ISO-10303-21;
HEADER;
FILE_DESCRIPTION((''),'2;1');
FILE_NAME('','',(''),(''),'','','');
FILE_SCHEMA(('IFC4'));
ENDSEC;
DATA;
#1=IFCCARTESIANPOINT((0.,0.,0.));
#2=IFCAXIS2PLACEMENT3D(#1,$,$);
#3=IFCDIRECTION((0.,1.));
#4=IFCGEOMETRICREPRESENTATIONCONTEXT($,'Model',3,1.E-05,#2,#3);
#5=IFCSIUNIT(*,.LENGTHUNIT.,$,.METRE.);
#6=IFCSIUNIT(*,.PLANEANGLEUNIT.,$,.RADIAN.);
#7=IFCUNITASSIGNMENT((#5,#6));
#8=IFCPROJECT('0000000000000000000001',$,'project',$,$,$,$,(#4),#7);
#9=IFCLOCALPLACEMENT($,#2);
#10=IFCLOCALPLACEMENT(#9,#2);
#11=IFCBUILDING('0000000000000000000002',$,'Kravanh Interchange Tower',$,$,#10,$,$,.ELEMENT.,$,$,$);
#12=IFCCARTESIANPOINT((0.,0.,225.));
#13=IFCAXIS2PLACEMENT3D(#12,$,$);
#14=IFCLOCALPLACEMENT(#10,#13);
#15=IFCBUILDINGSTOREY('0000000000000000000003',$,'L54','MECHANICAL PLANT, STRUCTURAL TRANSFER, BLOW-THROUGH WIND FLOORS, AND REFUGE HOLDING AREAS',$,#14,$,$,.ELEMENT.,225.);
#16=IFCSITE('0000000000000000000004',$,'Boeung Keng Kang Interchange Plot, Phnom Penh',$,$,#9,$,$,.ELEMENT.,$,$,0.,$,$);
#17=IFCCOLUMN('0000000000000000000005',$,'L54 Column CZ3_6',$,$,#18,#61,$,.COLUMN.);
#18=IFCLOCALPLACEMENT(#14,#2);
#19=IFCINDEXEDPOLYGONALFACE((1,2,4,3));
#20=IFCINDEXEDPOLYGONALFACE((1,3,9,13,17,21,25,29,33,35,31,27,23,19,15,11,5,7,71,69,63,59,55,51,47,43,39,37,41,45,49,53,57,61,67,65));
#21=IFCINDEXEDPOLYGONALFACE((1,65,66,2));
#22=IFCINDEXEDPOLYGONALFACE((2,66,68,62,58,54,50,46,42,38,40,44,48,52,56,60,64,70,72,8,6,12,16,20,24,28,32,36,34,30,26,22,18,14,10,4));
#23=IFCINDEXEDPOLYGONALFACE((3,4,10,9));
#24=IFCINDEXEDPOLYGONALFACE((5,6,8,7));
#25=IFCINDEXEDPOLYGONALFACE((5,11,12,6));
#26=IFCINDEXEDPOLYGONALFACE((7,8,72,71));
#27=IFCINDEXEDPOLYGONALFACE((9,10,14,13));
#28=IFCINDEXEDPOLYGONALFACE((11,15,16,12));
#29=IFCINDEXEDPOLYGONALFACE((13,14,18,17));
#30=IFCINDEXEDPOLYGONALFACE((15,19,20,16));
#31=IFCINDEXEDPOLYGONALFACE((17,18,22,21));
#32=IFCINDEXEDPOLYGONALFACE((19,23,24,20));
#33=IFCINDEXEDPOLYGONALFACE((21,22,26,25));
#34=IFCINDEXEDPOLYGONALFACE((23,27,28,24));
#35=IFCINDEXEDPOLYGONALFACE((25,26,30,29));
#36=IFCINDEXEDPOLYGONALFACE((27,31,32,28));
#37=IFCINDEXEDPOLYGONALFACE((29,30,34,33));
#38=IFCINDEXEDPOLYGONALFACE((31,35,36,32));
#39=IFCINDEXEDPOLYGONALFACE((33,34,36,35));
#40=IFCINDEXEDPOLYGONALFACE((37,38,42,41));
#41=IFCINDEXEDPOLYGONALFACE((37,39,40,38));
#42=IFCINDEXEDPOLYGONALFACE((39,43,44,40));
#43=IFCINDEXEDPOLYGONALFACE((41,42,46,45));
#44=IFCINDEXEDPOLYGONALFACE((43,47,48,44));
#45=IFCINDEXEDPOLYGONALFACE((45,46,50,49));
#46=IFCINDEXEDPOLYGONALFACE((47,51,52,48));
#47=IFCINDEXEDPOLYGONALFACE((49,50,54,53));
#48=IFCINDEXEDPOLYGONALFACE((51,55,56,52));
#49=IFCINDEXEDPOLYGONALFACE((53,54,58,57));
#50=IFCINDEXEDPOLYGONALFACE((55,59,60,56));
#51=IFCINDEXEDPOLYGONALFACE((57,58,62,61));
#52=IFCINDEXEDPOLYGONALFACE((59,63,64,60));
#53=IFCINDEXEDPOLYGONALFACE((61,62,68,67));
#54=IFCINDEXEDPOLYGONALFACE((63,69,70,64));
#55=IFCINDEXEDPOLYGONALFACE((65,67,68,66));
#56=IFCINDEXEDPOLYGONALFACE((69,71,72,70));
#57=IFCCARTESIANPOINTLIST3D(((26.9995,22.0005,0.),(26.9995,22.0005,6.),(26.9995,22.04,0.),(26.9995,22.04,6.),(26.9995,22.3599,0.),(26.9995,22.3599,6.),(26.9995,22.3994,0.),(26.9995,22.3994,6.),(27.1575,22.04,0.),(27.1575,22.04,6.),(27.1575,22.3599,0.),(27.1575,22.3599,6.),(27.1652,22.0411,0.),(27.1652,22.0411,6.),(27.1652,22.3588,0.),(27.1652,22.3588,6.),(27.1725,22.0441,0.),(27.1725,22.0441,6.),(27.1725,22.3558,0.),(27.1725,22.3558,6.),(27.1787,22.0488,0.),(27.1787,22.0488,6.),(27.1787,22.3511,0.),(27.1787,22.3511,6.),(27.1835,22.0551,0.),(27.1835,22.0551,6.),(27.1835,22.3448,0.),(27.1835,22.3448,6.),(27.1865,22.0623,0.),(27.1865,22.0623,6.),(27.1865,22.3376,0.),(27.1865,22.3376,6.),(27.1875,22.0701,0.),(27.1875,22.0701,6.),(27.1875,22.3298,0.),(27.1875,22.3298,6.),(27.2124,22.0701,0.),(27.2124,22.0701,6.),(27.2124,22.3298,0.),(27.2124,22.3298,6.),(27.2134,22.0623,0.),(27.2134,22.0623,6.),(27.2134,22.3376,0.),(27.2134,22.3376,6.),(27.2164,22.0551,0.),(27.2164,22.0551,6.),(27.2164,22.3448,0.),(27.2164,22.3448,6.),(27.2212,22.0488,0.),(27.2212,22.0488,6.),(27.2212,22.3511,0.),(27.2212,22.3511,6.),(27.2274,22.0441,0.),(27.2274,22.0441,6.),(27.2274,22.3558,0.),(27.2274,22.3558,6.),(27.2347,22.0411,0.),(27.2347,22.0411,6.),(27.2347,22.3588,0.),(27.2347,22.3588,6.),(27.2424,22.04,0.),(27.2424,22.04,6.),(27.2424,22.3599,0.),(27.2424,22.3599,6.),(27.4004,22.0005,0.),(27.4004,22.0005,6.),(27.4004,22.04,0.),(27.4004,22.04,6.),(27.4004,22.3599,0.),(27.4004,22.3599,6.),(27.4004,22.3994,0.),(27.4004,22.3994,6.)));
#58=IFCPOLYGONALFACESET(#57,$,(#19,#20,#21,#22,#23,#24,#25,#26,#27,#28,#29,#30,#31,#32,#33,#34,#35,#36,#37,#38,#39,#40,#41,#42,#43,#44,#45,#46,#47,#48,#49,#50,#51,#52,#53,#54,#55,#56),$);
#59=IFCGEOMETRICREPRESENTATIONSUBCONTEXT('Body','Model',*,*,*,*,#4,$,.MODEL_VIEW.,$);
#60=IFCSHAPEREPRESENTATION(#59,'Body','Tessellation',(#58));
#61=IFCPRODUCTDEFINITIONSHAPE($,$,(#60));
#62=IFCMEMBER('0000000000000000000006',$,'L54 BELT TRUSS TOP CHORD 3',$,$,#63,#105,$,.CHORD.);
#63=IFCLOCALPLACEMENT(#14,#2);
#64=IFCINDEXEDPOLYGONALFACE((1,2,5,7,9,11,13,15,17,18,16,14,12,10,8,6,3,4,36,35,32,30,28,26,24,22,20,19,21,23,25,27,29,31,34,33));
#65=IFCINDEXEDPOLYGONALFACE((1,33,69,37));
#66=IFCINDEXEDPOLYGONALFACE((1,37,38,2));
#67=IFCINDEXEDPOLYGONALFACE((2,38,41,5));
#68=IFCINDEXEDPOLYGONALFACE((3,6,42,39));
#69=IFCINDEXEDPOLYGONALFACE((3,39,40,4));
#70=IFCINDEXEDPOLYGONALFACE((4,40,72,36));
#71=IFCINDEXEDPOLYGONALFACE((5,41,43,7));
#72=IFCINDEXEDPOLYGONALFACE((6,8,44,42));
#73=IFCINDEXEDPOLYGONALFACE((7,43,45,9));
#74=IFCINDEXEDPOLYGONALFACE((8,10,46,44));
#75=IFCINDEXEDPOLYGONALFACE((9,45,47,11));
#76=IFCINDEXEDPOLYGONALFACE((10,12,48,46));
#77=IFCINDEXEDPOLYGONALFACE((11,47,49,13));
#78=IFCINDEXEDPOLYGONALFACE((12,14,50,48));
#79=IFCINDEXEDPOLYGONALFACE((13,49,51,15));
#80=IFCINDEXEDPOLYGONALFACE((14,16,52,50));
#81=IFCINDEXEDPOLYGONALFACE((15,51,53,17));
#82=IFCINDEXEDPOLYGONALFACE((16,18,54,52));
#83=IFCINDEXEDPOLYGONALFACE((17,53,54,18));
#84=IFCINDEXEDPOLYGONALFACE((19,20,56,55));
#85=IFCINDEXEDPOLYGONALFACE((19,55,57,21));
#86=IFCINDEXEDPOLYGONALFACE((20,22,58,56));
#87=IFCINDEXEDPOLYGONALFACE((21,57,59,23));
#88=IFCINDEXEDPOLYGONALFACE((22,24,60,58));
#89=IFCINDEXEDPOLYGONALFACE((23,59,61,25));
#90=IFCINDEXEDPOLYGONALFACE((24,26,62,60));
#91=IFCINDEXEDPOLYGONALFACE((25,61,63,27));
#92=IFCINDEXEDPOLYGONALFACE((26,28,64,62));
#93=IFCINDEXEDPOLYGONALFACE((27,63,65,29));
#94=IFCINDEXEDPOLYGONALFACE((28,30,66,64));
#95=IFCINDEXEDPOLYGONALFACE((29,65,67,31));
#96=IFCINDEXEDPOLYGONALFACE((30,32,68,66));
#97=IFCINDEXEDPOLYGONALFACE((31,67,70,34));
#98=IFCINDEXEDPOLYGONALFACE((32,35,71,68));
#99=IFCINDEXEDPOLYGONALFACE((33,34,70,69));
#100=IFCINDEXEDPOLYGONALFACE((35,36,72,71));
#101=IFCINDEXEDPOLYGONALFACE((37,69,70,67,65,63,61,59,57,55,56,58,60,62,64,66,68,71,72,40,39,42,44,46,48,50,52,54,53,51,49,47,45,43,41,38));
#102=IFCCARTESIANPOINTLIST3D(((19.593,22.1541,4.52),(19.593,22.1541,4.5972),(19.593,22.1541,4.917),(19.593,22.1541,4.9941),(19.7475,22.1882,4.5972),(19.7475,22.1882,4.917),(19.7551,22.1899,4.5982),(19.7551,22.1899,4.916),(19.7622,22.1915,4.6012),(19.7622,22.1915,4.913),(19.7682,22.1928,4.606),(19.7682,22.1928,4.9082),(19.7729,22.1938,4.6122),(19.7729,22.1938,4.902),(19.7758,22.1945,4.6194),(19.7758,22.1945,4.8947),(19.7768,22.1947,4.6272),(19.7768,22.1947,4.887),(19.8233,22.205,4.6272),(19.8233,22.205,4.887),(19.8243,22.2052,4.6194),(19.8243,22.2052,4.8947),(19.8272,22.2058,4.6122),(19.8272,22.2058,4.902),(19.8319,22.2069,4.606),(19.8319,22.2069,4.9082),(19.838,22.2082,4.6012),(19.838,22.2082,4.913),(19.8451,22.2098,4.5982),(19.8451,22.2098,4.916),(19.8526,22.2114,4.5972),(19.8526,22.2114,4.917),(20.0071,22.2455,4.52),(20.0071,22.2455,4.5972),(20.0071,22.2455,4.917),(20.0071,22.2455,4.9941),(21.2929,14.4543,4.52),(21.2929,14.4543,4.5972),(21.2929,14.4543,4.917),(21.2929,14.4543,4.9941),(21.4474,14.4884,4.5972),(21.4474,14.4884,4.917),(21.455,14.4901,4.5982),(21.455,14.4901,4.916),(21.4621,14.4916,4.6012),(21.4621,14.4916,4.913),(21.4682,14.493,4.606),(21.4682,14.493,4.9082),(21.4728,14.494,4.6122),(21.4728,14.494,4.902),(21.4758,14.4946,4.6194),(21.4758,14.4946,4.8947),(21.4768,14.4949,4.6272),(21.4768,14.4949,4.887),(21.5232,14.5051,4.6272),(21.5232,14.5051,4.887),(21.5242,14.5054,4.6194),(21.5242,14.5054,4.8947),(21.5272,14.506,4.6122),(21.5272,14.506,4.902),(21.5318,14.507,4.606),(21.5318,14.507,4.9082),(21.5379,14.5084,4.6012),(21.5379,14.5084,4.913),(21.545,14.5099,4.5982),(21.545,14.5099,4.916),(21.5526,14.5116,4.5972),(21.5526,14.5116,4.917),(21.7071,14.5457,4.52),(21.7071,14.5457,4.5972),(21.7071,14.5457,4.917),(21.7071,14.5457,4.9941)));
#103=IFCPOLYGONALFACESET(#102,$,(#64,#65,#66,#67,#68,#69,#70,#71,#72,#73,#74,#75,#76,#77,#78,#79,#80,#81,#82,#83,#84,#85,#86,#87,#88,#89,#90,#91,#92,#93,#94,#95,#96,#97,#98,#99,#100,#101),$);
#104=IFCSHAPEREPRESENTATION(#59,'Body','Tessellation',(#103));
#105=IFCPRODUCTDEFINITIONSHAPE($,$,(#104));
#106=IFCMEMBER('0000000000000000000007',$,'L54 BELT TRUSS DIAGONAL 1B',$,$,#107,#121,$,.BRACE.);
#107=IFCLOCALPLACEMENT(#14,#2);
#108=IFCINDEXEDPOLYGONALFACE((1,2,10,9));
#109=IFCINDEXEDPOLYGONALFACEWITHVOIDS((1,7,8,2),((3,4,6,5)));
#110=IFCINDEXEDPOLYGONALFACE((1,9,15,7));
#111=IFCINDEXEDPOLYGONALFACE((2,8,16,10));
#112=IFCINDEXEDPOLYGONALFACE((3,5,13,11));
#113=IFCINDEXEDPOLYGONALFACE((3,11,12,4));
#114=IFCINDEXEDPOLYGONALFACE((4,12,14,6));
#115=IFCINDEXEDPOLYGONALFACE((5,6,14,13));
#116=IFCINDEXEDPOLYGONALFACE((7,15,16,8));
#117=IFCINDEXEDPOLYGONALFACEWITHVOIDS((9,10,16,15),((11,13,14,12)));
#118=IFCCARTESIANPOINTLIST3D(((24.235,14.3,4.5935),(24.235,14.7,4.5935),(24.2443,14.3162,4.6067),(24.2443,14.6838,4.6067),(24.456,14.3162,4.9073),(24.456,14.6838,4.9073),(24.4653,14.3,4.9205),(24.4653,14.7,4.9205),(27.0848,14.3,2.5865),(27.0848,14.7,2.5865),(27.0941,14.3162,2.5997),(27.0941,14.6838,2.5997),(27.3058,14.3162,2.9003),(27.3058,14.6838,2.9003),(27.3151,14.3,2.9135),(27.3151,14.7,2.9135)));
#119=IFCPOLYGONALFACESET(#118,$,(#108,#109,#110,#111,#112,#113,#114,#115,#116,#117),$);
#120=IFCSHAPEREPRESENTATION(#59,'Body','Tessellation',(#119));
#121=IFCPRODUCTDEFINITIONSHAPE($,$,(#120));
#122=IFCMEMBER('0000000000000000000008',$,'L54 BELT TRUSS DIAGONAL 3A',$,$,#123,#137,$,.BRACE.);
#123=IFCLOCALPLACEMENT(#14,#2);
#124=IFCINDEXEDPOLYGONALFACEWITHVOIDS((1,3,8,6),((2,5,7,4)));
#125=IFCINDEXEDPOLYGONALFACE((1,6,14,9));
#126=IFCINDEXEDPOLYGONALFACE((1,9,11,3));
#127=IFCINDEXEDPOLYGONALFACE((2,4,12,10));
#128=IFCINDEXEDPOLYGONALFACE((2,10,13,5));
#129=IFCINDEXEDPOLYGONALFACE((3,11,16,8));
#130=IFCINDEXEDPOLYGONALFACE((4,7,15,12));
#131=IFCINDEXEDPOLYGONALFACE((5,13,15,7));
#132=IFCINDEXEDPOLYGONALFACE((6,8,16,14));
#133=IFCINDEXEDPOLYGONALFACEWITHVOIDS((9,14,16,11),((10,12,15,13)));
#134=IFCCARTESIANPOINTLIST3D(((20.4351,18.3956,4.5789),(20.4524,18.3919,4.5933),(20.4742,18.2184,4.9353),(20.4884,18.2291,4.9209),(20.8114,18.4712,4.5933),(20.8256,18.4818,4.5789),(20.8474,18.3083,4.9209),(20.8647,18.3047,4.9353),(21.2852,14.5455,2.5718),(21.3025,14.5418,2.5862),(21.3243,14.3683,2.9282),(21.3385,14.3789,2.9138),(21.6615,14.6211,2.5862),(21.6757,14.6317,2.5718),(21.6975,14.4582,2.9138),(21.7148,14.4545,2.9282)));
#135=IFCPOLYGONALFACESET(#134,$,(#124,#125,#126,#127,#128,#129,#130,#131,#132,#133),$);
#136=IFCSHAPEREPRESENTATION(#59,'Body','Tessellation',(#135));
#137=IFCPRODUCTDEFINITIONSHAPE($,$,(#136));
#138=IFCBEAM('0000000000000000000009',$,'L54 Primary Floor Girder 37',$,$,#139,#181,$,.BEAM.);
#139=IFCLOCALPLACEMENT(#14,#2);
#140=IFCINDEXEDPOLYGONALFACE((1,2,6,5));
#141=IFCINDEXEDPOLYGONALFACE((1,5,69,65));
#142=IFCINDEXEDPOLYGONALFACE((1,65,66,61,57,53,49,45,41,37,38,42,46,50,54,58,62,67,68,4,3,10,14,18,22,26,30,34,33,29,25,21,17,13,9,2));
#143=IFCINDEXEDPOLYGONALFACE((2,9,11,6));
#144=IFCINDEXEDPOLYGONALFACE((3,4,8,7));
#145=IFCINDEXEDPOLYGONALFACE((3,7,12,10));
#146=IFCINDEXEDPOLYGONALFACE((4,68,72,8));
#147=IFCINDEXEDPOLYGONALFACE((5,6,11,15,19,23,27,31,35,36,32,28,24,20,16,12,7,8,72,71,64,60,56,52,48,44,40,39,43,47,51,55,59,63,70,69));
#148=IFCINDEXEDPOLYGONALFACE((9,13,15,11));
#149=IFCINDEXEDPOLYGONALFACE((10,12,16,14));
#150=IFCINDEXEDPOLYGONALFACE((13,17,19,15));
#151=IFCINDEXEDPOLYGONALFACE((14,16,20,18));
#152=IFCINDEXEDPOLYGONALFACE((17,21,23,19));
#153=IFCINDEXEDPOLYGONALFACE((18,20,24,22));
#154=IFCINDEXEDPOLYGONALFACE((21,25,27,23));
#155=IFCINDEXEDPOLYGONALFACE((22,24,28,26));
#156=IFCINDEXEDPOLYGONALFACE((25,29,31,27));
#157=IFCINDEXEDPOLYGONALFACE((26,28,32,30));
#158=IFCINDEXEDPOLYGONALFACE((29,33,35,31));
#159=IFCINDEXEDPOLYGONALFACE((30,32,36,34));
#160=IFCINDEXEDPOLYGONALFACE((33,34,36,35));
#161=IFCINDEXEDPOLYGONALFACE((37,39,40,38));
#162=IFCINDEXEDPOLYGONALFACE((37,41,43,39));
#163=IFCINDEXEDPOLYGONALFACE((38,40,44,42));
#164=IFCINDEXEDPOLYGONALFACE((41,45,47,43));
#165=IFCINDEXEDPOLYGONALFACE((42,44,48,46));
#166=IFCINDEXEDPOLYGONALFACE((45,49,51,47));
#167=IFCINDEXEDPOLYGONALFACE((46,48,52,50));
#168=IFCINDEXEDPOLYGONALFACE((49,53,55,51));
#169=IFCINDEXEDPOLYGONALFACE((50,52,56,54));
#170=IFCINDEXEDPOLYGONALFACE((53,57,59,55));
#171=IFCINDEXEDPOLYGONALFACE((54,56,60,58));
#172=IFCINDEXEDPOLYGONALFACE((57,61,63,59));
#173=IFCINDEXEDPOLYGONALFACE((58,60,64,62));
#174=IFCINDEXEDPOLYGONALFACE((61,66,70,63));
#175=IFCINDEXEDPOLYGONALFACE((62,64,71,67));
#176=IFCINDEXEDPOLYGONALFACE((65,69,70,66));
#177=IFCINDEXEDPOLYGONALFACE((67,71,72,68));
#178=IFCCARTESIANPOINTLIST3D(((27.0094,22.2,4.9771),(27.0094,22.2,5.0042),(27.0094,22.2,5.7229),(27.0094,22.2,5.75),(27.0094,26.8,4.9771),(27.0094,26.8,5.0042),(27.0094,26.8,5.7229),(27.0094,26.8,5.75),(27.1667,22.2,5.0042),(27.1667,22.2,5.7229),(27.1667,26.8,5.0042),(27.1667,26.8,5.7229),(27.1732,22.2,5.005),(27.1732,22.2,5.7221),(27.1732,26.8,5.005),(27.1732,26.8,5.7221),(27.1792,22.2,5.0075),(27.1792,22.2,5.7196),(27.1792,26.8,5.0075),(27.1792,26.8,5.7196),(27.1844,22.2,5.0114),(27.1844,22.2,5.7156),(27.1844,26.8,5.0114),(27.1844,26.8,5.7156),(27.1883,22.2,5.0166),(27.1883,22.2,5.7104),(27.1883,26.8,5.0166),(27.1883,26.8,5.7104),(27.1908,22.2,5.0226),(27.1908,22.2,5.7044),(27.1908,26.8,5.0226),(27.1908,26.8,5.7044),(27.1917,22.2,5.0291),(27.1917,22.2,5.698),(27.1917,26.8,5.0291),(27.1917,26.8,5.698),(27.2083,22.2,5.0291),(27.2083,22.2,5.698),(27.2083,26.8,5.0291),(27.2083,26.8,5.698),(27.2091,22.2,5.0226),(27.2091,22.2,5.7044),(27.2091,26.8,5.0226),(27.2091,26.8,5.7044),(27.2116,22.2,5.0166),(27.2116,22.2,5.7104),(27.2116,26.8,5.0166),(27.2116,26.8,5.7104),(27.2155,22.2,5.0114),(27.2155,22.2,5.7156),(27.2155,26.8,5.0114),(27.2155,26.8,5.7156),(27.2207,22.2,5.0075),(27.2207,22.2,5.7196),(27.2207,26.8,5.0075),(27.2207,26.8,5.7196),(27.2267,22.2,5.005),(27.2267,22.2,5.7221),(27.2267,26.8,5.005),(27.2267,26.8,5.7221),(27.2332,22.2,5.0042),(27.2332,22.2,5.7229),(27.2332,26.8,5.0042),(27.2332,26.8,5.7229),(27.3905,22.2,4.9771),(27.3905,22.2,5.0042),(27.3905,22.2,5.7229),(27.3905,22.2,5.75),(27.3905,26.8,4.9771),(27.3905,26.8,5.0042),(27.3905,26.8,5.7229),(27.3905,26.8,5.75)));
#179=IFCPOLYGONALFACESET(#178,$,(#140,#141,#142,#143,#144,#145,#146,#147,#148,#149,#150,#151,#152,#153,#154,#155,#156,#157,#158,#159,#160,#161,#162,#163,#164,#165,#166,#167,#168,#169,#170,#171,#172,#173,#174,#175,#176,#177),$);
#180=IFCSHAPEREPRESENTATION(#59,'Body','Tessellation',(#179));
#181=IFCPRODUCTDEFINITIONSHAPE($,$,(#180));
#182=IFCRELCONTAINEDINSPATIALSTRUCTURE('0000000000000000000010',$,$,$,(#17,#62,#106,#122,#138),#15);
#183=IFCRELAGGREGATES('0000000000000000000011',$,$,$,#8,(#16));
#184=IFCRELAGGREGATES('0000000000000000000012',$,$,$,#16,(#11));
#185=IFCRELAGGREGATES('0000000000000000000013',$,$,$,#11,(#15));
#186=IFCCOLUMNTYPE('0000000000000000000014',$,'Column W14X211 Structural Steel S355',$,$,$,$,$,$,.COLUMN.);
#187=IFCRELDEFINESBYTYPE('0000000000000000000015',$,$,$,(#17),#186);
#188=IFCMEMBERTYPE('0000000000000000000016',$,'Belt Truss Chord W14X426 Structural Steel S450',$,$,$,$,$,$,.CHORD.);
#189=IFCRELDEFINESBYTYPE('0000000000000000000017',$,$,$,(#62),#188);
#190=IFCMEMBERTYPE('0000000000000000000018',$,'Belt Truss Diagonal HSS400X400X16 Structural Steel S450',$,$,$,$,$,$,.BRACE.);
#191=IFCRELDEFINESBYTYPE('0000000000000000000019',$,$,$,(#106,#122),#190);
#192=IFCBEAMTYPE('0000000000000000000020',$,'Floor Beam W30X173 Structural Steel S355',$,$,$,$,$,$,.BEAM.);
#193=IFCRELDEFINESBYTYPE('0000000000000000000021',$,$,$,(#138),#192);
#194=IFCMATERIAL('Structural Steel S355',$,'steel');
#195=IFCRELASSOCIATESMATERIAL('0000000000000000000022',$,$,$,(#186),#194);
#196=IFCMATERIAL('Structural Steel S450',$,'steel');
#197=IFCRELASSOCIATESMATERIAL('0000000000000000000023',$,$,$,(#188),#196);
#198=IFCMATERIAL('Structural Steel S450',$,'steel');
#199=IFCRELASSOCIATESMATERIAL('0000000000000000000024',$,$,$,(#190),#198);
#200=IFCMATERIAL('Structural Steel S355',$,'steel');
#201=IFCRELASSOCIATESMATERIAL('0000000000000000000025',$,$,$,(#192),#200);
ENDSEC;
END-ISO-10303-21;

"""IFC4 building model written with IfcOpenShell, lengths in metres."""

from ifc_helpers import new_model, si_unit, direction, frame, origin, origin_2d, place, context, subcontext, project, spatial, hollow_rectangle, i_section, extrude, material, material_profile, profile_set, type_object, element, save


model = new_model("IFC4")

# Units and contexts
model_context = context("Model", 3, precision=1e-05, world=origin(), true_north=direction((0.0, 1.0)))
body_context = subcontext(model_context, "Body", "Model", "MODEL_VIEW")
ifc_project = project(units=[si_unit("LENGTHUNIT", "METRE"), si_unit("PLANEANGLEUNIT", "RADIAN")], contexts=[model_context])

# Site, building, storey
site_placement = place(None, origin())
site = spatial("IfcSite", under=ifc_project, at=site_placement, Name="Boeung Keng Kang Interchange Plot, Phnom Penh", CompositionType="ELEMENT", RefElevation=0.0)
building_placement = place(site_placement, origin())
building = spatial("IfcBuilding", under=site, at=building_placement, Name="Kravanh Interchange Tower", CompositionType="ELEMENT")
storey_placement = place(building_placement, frame((0.0, 0.0, 225.0)))
storey = spatial("IfcBuildingStorey", under=building, at=storey_placement, Name="L54", Description="MECHANICAL PLANT, STRUCTURAL TRANSFER, BLOW-THROUGH WIND FLOORS, AND REFUGE HOLDING AREAS", CompositionType="ELEMENT", Elevation=225.0)

# Column
ifc_material_1 = material(Name="Structural Steel S355", Category="steel")
ifc_material_profile_1 = material_profile(ifc_material_1, i_section(OverallWidth=0.4009, OverallDepth=0.3989, WebThickness=0.0249, FlangeThickness=0.0396, FilletRadius=0.03, at=origin_2d()), Name="W14X211")
ifc_profile_set_1 = profile_set([ifc_material_profile_1], Name="Structural Steel S355")
column_type = type_object("IfcColumnType", Name="Column W14X211 Structural Steel S355", PredefinedType="COLUMN", material=ifc_profile_set_1)
for number, where, z_axis, x_axis, name in (
    (1, (27.2, 22.2, 0.0), (0.0, 0.0, 1.0), (1.0, 0.0, 0.0), "L54 Column CZ3_6"),
):
    element("IfcColumn", number, at=place(storey_placement, frame(where, z_axis=z_axis, x_axis=x_axis)), inside=storey, type_object=column_type, Name=name, PredefinedType="COLUMN", context=body_context, shape_type="SweptSolid", body=[
        extrude(i_section(OverallWidth=0.4009, OverallDepth=0.3989, WebThickness=0.0249, FlangeThickness=0.0396, FilletRadius=0.03, at=origin_2d()), origin(), (0.0, 0.0, 1.0), 6.0),
    ])

# Members
ifc_material_2 = material(Name="Structural Steel S450", Category="steel")
ifc_material_profile_2 = material_profile(ifc_material_2, i_section(OverallWidth=0.4241, OverallDepth=0.4741, WebThickness=0.0476, FlangeThickness=0.0771, FilletRadius=0.03, at=origin_2d()), Name="W14X426")
ifc_profile_set_2 = profile_set([ifc_material_profile_2], Name="Structural Steel S450")
member_type_1 = type_object("IfcMemberType", Name="Belt Truss Chord W14X426 Structural Steel S450", PredefinedType="CHORD", material=ifc_profile_set_2)
member_1_placement = place(storey_placement, frame((21.5, 14.5, 4.7571), z_axis=(-0.215583, 0.976486, 0.0), x_axis=(-0.976486, -0.215583, 0.0)))
element("IfcMember", 2, at=member_1_placement, inside=storey, type_object=member_type_1, Name="L54 BELT TRUSS TOP CHORD 3", PredefinedType="CHORD", context=body_context, shape_type="SweptSolid", body=[
    extrude(i_section(OverallWidth=0.4241, OverallDepth=0.4741, WebThickness=0.0476, FlangeThickness=0.0771, FilletRadius=0.03, at=origin_2d()), origin(), (0.0, 0.0, 1.0), 7.8853),
])
ifc_material_3 = material(Name="Structural Steel S450", Category="steel")
ifc_material_profile_3 = material_profile(ifc_material_3, hollow_rectangle(XDim=0.3999, YDim=0.3999, WallThickness=0.0161, at=origin_2d()), Name="HSS400X400X16")
ifc_profile_set_3 = profile_set([ifc_material_profile_3], Name="Structural Steel S450")
member_type_2 = type_object("IfcMemberType", Name="Belt Truss Diagonal HSS400X400X16 Structural Steel S450", PredefinedType="BRACE", material=ifc_profile_set_3)
member_2_placement = place(storey_placement, frame((27.2, 14.5, 2.75), z_axis=(-0.817587, 0.0, 0.575806), x_axis=(0.0, -1.0, 0.0)))
element("IfcMember", 3, at=member_2_placement, inside=storey, type_object=member_type_2, Name="L54 BELT TRUSS DIAGONAL 1B", PredefinedType="BRACE", context=body_context, shape_type="SweptSolid", body=[
    extrude(hollow_rectangle(XDim=0.3999, YDim=0.3999, WallThickness=0.0161, at=origin_2d()), origin(), (0.0, 0.0, 1.0), 3.4856),
])
member_3_placement = place(storey_placement, frame((21.5, 14.5, 2.75), z_axis=(-0.192144, 0.870219, 0.453651), x_axis=(-0.97648, -0.215606, 0.0)))
element("IfcMember", 4, at=member_3_placement, inside=storey, type_object=member_type_2, Name="L54 BELT TRUSS DIAGONAL 3A", PredefinedType="BRACE", context=body_context, shape_type="SweptSolid", body=[
    extrude(hollow_rectangle(XDim=0.3999, YDim=0.3999, WallThickness=0.0161, at=origin_2d()), origin(), (0.0, 0.0, 1.0), 4.4243),
])

# Beam
ifc_material_4 = material(Name="Structural Steel S355", Category="steel")
ifc_material_profile_4 = material_profile(ifc_material_4, i_section(OverallWidth=0.3811, OverallDepth=0.7729, WebThickness=0.0166, FlangeThickness=0.0271, FilletRadius=0.0249, at=origin_2d()), Name="W30X173")
ifc_profile_set_4 = profile_set([ifc_material_profile_4], Name="Structural Steel S355")
beam_type_1 = type_object("IfcBeamType", Name="Floor Beam W30X173 Structural Steel S355", PredefinedType="BEAM", material=ifc_profile_set_4)
beam_1_placement = place(storey_placement, frame((27.2, 26.8, 5.3635), z_axis=(0.0, -1.0, 0.0), x_axis=(1.0, 0.0, 0.0)))
element("IfcBeam", 5, at=beam_1_placement, inside=storey, type_object=beam_type_1, Name="L54 Primary Floor Girder 37", PredefinedType="BEAM", context=body_context, shape_type="SweptSolid", body=[
    extrude(i_section(OverallWidth=0.3811, OverallDepth=0.7729, WebThickness=0.0166, FlangeThickness=0.0271, FilletRadius=0.0249, at=origin_2d()), origin(), (0.0, 0.0, 1.0), 4.6001),
])

save(model, "model.ifc")
